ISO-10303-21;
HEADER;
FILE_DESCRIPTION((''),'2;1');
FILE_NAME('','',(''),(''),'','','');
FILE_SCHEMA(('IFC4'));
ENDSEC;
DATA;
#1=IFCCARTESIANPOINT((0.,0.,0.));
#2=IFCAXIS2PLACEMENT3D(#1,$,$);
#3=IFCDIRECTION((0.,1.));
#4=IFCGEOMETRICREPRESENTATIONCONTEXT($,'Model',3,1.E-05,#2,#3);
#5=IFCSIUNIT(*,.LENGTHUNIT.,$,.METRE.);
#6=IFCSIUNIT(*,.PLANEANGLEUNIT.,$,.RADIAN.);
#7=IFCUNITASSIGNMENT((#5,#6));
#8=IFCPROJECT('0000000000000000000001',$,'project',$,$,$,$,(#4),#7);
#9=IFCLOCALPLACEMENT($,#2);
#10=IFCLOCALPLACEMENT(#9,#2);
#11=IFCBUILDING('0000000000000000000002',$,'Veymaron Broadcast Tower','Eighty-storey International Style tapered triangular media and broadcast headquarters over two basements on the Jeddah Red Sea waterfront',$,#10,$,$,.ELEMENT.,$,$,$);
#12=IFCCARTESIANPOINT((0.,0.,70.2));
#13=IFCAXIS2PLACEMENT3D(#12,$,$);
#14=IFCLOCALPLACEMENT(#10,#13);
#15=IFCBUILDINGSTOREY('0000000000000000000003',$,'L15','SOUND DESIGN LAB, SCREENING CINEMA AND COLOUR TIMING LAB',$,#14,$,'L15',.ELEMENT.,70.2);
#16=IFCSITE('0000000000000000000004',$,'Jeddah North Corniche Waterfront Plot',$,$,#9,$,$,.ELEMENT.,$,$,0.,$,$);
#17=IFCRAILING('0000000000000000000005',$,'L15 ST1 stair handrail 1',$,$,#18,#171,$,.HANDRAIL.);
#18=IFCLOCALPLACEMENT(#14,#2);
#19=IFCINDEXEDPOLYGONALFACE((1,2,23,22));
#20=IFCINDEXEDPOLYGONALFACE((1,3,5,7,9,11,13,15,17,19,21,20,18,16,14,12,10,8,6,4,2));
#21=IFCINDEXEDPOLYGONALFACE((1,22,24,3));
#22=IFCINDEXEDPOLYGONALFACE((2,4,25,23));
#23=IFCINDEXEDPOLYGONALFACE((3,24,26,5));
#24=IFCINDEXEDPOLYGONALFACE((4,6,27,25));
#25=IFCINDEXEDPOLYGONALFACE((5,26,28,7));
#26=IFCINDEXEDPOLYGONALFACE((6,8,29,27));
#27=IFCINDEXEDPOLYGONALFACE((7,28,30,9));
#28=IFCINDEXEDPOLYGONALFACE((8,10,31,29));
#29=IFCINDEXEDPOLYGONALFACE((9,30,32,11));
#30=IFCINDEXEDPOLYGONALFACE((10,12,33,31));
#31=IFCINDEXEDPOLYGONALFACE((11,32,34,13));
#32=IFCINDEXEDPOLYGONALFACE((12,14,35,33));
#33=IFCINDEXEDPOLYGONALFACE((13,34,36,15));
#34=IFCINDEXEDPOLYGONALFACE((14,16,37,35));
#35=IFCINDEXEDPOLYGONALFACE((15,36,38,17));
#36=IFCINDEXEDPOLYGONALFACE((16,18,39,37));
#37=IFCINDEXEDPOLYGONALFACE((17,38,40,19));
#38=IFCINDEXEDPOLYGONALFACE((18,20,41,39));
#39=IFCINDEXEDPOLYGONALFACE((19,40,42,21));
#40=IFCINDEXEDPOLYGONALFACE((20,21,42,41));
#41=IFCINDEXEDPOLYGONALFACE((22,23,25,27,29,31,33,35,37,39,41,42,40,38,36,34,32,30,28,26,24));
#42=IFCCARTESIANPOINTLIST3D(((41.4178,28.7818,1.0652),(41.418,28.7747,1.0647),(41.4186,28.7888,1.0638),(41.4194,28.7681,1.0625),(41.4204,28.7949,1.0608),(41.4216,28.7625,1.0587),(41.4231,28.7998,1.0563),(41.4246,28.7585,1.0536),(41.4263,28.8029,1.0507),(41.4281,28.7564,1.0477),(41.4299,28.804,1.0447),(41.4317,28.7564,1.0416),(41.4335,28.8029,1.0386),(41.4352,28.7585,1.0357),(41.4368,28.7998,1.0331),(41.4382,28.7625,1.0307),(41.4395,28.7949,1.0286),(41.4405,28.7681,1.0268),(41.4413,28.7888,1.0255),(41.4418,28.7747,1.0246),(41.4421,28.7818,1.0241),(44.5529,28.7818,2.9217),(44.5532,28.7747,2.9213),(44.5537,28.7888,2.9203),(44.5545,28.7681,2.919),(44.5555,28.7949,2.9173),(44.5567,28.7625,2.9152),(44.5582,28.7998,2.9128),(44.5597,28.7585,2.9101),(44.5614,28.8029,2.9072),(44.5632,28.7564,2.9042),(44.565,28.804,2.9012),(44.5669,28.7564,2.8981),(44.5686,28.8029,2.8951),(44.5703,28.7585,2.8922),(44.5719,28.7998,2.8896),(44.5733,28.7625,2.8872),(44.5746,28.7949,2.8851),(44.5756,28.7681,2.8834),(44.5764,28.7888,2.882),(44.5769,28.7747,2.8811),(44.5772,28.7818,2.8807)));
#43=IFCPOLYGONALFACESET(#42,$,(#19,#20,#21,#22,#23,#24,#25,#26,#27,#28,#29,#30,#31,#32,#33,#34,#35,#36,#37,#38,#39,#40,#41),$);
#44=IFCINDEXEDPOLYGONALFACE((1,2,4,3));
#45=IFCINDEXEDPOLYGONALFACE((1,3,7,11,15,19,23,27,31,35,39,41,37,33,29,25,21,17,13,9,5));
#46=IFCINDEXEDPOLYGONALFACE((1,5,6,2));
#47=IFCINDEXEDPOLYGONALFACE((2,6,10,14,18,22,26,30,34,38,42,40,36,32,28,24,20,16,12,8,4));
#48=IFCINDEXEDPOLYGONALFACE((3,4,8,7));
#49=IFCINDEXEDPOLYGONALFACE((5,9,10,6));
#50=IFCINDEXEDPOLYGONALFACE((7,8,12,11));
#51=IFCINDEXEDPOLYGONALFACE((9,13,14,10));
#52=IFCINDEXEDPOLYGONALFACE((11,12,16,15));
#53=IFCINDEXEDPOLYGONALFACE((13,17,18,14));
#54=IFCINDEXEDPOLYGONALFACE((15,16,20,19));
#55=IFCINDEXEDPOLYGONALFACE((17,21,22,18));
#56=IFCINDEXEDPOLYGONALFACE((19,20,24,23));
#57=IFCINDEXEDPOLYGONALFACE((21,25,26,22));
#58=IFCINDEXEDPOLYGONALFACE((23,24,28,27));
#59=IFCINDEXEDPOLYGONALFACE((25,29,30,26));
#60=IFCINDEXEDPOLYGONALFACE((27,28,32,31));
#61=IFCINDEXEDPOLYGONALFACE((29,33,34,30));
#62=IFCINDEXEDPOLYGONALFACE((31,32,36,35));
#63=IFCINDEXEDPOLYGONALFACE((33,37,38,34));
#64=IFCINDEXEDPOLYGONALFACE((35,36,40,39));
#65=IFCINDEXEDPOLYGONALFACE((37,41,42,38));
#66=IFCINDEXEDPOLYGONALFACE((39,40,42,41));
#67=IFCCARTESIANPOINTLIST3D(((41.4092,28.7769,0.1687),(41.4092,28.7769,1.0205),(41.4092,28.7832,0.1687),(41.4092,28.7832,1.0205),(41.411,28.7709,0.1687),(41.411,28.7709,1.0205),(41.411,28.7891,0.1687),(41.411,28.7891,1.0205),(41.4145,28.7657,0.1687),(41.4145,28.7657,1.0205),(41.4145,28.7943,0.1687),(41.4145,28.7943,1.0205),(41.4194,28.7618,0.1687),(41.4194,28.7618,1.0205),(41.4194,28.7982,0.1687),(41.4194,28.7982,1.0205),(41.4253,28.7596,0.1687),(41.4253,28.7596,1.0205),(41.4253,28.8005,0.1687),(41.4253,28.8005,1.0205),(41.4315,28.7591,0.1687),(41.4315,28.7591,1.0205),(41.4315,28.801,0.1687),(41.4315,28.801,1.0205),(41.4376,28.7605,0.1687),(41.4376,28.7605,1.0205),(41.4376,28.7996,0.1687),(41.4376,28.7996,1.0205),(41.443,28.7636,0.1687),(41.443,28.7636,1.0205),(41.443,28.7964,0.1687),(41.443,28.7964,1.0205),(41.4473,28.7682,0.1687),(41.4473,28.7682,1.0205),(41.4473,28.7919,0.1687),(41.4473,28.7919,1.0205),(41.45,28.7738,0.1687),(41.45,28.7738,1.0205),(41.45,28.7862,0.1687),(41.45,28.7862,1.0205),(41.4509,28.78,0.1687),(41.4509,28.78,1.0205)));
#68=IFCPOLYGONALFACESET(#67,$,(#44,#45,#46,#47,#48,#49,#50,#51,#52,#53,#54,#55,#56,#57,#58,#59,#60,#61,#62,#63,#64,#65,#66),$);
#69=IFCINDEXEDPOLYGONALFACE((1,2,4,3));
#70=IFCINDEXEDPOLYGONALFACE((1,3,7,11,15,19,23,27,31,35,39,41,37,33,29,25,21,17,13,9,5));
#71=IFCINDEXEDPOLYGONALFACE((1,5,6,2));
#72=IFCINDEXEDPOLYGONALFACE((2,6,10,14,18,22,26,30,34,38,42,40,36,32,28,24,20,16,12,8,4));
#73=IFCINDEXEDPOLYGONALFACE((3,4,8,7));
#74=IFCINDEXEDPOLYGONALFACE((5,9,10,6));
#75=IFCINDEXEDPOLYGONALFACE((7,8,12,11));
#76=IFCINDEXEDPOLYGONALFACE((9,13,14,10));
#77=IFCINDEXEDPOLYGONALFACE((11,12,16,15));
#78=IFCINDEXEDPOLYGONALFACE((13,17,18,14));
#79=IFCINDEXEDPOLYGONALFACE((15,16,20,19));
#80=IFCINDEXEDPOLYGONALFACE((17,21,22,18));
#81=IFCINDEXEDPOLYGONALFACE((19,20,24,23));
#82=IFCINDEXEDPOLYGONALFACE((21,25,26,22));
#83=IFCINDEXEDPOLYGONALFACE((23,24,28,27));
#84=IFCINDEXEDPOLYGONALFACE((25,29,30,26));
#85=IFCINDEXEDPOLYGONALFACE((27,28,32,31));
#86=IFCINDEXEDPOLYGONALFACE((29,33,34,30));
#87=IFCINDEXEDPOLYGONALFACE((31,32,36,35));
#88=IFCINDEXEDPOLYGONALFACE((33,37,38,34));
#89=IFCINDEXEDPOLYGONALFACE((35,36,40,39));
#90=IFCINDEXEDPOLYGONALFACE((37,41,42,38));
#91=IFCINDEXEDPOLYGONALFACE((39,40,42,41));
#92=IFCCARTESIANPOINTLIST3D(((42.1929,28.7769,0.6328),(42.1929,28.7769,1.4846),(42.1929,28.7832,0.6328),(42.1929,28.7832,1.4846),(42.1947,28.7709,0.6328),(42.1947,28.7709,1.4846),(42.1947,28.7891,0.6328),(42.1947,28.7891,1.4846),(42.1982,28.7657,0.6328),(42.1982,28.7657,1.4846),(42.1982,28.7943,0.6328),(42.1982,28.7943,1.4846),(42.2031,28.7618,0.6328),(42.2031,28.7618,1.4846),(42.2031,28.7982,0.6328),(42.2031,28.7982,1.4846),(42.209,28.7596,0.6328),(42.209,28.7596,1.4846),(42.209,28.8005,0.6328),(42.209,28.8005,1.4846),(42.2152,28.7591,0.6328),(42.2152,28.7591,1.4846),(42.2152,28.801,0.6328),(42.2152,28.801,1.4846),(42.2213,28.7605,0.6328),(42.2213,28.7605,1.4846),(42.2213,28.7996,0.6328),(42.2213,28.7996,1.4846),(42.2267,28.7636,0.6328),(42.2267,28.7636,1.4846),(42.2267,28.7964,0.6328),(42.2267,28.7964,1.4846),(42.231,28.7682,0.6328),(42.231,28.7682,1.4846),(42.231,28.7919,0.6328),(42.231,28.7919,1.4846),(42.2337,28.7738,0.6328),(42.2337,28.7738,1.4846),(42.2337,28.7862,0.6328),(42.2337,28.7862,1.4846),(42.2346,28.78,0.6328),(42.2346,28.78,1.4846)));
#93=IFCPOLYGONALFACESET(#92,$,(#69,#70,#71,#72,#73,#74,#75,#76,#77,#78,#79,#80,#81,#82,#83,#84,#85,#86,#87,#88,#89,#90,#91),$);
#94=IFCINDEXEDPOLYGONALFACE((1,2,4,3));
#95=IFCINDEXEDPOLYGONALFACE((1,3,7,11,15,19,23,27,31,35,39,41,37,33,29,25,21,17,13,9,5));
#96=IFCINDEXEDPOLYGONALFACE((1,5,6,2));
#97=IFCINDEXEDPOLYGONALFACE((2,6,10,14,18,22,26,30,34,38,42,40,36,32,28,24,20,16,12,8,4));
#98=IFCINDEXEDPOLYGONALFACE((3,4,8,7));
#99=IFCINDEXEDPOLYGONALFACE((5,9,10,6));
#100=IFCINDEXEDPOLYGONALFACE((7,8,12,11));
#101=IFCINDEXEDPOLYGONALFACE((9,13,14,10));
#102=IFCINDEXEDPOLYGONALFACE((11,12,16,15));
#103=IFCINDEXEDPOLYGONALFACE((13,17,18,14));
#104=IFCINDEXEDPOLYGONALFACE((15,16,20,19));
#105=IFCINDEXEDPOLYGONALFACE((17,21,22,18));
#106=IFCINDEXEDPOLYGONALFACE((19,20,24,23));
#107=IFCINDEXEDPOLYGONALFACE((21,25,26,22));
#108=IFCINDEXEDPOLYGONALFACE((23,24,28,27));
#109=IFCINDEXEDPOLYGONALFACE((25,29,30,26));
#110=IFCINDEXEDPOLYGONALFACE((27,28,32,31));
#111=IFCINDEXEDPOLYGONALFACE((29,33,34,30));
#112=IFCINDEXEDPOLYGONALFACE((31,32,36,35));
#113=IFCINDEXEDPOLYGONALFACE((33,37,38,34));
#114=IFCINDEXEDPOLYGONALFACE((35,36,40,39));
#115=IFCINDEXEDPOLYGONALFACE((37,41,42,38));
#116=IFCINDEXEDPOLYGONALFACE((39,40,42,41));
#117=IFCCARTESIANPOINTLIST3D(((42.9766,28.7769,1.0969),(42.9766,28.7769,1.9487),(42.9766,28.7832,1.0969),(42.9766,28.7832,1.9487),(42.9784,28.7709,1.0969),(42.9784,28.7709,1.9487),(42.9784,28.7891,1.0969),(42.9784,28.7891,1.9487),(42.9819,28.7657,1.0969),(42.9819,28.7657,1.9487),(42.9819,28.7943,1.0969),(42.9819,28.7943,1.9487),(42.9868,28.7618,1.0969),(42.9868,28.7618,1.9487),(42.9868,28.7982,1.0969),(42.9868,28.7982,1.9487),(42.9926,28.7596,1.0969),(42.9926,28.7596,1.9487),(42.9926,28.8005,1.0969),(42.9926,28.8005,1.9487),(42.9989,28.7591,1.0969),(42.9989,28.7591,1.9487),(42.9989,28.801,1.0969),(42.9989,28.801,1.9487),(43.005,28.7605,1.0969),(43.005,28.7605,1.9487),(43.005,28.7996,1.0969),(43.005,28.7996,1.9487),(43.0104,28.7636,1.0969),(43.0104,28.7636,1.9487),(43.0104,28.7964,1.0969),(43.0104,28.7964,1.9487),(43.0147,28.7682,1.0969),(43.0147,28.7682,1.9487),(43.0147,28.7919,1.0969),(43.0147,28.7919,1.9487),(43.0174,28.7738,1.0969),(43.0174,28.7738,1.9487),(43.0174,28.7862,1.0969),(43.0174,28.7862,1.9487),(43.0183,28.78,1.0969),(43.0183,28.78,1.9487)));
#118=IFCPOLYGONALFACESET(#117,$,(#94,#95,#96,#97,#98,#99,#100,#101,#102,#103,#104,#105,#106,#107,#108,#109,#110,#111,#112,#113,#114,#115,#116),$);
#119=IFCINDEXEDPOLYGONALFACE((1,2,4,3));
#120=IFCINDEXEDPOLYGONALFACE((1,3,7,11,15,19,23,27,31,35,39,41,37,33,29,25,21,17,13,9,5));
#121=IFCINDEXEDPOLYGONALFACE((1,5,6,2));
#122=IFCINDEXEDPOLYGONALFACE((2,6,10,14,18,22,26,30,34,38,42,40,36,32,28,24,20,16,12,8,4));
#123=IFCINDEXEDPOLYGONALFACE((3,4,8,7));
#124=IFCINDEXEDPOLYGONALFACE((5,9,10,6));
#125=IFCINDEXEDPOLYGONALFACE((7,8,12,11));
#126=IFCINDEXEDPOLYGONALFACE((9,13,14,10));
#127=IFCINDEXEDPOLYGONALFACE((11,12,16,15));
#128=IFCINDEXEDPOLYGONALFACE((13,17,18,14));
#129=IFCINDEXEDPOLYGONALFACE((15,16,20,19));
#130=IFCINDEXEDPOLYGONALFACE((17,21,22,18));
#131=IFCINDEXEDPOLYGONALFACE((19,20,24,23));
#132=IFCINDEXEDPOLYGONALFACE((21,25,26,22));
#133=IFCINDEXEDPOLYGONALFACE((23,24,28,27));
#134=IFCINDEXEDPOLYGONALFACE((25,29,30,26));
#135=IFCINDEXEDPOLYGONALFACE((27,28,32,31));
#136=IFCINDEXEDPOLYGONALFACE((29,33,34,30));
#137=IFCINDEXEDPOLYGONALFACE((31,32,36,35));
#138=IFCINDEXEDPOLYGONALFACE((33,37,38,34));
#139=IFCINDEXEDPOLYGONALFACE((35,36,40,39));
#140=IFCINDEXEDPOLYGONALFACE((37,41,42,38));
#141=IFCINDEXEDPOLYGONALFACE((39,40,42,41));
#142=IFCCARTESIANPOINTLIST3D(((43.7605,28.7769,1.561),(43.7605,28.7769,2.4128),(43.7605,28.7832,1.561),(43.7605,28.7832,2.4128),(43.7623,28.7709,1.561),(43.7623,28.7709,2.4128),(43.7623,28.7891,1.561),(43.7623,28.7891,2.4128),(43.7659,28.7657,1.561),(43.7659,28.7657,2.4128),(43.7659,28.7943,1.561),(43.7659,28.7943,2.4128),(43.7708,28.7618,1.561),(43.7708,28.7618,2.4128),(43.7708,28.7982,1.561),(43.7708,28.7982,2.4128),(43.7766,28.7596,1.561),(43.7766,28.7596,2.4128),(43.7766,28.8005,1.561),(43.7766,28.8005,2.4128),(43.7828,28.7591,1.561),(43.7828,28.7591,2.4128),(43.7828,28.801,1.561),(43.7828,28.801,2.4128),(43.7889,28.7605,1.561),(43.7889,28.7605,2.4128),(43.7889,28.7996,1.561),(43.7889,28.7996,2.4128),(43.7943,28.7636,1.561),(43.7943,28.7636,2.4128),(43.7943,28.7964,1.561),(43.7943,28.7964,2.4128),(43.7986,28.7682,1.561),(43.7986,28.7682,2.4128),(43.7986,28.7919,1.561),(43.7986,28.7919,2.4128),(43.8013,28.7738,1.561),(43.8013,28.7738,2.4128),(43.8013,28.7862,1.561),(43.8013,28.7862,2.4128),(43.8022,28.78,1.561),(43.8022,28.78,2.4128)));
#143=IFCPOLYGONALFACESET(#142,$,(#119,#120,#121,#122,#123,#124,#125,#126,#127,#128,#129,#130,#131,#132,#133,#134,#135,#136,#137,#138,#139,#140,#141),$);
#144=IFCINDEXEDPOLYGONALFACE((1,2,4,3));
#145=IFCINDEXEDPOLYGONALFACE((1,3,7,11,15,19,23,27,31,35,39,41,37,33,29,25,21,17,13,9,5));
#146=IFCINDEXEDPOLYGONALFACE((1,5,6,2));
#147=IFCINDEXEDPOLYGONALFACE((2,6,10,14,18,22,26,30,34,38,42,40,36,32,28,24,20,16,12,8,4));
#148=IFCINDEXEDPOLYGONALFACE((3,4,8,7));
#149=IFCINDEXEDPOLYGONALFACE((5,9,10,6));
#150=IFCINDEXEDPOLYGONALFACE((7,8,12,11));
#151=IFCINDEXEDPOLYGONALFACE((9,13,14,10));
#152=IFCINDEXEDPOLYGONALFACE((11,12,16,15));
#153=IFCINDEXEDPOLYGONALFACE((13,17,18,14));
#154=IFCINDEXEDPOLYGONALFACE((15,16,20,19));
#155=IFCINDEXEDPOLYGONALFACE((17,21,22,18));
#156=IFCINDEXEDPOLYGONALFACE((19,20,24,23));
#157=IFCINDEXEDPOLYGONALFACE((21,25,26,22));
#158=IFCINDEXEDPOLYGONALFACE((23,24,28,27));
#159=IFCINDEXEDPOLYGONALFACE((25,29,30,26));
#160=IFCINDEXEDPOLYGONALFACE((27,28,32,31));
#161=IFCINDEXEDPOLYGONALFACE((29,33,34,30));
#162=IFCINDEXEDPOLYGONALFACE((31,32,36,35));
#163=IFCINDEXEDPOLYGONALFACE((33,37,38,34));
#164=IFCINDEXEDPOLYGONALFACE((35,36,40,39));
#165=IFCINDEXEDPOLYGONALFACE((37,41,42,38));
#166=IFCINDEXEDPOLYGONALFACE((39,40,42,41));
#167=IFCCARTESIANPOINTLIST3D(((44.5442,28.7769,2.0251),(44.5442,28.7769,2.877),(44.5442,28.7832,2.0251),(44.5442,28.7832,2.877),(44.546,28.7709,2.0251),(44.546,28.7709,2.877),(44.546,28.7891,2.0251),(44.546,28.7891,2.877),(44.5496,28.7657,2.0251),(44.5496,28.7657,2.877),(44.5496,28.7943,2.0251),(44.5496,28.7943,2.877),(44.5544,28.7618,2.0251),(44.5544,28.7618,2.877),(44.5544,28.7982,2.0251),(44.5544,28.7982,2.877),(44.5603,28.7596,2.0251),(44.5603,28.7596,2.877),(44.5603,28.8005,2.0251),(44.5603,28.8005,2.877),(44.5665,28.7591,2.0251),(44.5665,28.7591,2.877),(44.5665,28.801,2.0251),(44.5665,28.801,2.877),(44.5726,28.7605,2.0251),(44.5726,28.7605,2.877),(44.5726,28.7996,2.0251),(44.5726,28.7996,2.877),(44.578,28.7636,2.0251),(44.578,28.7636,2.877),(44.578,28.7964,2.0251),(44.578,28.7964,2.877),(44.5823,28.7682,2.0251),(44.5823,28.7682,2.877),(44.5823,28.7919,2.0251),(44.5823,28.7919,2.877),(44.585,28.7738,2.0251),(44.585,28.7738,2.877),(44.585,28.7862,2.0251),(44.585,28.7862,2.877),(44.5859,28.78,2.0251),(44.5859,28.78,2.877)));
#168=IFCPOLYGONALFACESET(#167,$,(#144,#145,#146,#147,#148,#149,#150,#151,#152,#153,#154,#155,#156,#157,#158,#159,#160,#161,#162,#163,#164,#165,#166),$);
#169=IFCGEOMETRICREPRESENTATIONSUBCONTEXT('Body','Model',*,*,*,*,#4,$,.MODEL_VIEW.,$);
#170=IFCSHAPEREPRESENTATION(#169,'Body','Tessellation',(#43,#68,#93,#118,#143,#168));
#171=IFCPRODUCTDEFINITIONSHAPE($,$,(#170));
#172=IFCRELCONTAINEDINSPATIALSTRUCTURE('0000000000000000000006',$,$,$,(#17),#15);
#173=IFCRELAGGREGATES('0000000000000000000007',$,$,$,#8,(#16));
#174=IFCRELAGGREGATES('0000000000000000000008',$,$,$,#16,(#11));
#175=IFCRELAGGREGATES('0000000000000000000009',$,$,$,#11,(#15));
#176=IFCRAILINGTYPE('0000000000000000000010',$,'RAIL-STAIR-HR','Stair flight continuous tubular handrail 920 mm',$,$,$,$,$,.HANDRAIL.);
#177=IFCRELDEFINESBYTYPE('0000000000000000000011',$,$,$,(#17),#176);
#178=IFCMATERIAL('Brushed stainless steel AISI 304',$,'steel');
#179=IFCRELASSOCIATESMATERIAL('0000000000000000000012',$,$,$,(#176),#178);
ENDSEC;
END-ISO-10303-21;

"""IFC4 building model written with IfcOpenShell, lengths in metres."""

from ifc_helpers import new_model, si_unit, direction, frame, origin, origin_2d, place, context, subcontext, project, spatial, circle, extrude, material, type_object, element, save


model = new_model("IFC4")

# Units and contexts
model_context = context("Model", 3, precision=1e-05, world=origin(), true_north=direction((0.0, 1.0)))
body_context = subcontext(model_context, "Body", "Model", "MODEL_VIEW")
ifc_project = project(units=[si_unit("LENGTHUNIT", "METRE"), si_unit("PLANEANGLEUNIT", "RADIAN")], contexts=[model_context])

# Site, building, storey
site_placement = place(None, origin())
site = spatial("IfcSite", under=ifc_project, at=site_placement, Name="Jeddah North Corniche Waterfront Plot", CompositionType="ELEMENT", RefElevation=0.0)
building_placement = place(site_placement, origin())
building = spatial("IfcBuilding", under=site, at=building_placement, Name="Veymaron Broadcast Tower", Description="Eighty-storey International Style tapered triangular media and broadcast headquarters over two basements on the Jeddah Red Sea waterfront", CompositionType="ELEMENT")
storey_placement = place(building_placement, frame((0.0, 0.0, 70.2)))
storey = spatial("IfcBuildingStorey", under=building, at=storey_placement, Name="L15", Description="SOUND DESIGN LAB, SCREENING CINEMA AND COLOUR TIMING LAB", LongName="L15", CompositionType="ELEMENT", Elevation=70.2)

# Railing
ifc_material_1 = material(Name="Brushed stainless steel AISI 304", Category="steel")
railing_type_1 = type_object("IfcRailingType", Name="RAIL-STAIR-HR", Description="Stair flight continuous tubular handrail 920 mm", PredefinedType="HANDRAIL", material=ifc_material_1)
railing_1_placement = place(storey_placement, frame((41.4299, 28.78, 0.1687)))
element("IfcRailing", 1, at=railing_1_placement, inside=storey, type_object=railing_type_1, Name="L15 ST1 stair handrail 1", PredefinedType="HANDRAIL", context=body_context, shape_type="SweptSolid", body=[
    extrude(circle(Radius=0.0239, at=origin_2d()), frame((0.0, 0.0, 0.876), z_axis=(0.860453, 0.0, 0.509531), x_axis=(0.0, 1.0, 0.0)), (0.0, 0.0, 1.0), 3.6436),
    extrude(circle(Radius=0.021, at=origin_2d()), origin(), (0.0, 0.0, 1.0), 0.8518),
    extrude(circle(Radius=0.021, at=origin_2d()), frame((0.7837, 0.0, 0.4641)), (0.0, 0.0, 1.0), 0.8518),
    extrude(circle(Radius=0.021, at=origin_2d()), frame((1.5674, 0.0, 0.9282)), (0.0, 0.0, 1.0), 0.8518),
    extrude(circle(Radius=0.021, at=origin_2d()), frame((2.3513, 0.0, 1.3923)), (0.0, 0.0, 1.0), 0.8518),
    extrude(circle(Radius=0.021, at=origin_2d()), frame((3.135, 0.0, 1.8564)), (0.0, 0.0, 1.0), 0.8518),
])

save(model, "model.ifc")
